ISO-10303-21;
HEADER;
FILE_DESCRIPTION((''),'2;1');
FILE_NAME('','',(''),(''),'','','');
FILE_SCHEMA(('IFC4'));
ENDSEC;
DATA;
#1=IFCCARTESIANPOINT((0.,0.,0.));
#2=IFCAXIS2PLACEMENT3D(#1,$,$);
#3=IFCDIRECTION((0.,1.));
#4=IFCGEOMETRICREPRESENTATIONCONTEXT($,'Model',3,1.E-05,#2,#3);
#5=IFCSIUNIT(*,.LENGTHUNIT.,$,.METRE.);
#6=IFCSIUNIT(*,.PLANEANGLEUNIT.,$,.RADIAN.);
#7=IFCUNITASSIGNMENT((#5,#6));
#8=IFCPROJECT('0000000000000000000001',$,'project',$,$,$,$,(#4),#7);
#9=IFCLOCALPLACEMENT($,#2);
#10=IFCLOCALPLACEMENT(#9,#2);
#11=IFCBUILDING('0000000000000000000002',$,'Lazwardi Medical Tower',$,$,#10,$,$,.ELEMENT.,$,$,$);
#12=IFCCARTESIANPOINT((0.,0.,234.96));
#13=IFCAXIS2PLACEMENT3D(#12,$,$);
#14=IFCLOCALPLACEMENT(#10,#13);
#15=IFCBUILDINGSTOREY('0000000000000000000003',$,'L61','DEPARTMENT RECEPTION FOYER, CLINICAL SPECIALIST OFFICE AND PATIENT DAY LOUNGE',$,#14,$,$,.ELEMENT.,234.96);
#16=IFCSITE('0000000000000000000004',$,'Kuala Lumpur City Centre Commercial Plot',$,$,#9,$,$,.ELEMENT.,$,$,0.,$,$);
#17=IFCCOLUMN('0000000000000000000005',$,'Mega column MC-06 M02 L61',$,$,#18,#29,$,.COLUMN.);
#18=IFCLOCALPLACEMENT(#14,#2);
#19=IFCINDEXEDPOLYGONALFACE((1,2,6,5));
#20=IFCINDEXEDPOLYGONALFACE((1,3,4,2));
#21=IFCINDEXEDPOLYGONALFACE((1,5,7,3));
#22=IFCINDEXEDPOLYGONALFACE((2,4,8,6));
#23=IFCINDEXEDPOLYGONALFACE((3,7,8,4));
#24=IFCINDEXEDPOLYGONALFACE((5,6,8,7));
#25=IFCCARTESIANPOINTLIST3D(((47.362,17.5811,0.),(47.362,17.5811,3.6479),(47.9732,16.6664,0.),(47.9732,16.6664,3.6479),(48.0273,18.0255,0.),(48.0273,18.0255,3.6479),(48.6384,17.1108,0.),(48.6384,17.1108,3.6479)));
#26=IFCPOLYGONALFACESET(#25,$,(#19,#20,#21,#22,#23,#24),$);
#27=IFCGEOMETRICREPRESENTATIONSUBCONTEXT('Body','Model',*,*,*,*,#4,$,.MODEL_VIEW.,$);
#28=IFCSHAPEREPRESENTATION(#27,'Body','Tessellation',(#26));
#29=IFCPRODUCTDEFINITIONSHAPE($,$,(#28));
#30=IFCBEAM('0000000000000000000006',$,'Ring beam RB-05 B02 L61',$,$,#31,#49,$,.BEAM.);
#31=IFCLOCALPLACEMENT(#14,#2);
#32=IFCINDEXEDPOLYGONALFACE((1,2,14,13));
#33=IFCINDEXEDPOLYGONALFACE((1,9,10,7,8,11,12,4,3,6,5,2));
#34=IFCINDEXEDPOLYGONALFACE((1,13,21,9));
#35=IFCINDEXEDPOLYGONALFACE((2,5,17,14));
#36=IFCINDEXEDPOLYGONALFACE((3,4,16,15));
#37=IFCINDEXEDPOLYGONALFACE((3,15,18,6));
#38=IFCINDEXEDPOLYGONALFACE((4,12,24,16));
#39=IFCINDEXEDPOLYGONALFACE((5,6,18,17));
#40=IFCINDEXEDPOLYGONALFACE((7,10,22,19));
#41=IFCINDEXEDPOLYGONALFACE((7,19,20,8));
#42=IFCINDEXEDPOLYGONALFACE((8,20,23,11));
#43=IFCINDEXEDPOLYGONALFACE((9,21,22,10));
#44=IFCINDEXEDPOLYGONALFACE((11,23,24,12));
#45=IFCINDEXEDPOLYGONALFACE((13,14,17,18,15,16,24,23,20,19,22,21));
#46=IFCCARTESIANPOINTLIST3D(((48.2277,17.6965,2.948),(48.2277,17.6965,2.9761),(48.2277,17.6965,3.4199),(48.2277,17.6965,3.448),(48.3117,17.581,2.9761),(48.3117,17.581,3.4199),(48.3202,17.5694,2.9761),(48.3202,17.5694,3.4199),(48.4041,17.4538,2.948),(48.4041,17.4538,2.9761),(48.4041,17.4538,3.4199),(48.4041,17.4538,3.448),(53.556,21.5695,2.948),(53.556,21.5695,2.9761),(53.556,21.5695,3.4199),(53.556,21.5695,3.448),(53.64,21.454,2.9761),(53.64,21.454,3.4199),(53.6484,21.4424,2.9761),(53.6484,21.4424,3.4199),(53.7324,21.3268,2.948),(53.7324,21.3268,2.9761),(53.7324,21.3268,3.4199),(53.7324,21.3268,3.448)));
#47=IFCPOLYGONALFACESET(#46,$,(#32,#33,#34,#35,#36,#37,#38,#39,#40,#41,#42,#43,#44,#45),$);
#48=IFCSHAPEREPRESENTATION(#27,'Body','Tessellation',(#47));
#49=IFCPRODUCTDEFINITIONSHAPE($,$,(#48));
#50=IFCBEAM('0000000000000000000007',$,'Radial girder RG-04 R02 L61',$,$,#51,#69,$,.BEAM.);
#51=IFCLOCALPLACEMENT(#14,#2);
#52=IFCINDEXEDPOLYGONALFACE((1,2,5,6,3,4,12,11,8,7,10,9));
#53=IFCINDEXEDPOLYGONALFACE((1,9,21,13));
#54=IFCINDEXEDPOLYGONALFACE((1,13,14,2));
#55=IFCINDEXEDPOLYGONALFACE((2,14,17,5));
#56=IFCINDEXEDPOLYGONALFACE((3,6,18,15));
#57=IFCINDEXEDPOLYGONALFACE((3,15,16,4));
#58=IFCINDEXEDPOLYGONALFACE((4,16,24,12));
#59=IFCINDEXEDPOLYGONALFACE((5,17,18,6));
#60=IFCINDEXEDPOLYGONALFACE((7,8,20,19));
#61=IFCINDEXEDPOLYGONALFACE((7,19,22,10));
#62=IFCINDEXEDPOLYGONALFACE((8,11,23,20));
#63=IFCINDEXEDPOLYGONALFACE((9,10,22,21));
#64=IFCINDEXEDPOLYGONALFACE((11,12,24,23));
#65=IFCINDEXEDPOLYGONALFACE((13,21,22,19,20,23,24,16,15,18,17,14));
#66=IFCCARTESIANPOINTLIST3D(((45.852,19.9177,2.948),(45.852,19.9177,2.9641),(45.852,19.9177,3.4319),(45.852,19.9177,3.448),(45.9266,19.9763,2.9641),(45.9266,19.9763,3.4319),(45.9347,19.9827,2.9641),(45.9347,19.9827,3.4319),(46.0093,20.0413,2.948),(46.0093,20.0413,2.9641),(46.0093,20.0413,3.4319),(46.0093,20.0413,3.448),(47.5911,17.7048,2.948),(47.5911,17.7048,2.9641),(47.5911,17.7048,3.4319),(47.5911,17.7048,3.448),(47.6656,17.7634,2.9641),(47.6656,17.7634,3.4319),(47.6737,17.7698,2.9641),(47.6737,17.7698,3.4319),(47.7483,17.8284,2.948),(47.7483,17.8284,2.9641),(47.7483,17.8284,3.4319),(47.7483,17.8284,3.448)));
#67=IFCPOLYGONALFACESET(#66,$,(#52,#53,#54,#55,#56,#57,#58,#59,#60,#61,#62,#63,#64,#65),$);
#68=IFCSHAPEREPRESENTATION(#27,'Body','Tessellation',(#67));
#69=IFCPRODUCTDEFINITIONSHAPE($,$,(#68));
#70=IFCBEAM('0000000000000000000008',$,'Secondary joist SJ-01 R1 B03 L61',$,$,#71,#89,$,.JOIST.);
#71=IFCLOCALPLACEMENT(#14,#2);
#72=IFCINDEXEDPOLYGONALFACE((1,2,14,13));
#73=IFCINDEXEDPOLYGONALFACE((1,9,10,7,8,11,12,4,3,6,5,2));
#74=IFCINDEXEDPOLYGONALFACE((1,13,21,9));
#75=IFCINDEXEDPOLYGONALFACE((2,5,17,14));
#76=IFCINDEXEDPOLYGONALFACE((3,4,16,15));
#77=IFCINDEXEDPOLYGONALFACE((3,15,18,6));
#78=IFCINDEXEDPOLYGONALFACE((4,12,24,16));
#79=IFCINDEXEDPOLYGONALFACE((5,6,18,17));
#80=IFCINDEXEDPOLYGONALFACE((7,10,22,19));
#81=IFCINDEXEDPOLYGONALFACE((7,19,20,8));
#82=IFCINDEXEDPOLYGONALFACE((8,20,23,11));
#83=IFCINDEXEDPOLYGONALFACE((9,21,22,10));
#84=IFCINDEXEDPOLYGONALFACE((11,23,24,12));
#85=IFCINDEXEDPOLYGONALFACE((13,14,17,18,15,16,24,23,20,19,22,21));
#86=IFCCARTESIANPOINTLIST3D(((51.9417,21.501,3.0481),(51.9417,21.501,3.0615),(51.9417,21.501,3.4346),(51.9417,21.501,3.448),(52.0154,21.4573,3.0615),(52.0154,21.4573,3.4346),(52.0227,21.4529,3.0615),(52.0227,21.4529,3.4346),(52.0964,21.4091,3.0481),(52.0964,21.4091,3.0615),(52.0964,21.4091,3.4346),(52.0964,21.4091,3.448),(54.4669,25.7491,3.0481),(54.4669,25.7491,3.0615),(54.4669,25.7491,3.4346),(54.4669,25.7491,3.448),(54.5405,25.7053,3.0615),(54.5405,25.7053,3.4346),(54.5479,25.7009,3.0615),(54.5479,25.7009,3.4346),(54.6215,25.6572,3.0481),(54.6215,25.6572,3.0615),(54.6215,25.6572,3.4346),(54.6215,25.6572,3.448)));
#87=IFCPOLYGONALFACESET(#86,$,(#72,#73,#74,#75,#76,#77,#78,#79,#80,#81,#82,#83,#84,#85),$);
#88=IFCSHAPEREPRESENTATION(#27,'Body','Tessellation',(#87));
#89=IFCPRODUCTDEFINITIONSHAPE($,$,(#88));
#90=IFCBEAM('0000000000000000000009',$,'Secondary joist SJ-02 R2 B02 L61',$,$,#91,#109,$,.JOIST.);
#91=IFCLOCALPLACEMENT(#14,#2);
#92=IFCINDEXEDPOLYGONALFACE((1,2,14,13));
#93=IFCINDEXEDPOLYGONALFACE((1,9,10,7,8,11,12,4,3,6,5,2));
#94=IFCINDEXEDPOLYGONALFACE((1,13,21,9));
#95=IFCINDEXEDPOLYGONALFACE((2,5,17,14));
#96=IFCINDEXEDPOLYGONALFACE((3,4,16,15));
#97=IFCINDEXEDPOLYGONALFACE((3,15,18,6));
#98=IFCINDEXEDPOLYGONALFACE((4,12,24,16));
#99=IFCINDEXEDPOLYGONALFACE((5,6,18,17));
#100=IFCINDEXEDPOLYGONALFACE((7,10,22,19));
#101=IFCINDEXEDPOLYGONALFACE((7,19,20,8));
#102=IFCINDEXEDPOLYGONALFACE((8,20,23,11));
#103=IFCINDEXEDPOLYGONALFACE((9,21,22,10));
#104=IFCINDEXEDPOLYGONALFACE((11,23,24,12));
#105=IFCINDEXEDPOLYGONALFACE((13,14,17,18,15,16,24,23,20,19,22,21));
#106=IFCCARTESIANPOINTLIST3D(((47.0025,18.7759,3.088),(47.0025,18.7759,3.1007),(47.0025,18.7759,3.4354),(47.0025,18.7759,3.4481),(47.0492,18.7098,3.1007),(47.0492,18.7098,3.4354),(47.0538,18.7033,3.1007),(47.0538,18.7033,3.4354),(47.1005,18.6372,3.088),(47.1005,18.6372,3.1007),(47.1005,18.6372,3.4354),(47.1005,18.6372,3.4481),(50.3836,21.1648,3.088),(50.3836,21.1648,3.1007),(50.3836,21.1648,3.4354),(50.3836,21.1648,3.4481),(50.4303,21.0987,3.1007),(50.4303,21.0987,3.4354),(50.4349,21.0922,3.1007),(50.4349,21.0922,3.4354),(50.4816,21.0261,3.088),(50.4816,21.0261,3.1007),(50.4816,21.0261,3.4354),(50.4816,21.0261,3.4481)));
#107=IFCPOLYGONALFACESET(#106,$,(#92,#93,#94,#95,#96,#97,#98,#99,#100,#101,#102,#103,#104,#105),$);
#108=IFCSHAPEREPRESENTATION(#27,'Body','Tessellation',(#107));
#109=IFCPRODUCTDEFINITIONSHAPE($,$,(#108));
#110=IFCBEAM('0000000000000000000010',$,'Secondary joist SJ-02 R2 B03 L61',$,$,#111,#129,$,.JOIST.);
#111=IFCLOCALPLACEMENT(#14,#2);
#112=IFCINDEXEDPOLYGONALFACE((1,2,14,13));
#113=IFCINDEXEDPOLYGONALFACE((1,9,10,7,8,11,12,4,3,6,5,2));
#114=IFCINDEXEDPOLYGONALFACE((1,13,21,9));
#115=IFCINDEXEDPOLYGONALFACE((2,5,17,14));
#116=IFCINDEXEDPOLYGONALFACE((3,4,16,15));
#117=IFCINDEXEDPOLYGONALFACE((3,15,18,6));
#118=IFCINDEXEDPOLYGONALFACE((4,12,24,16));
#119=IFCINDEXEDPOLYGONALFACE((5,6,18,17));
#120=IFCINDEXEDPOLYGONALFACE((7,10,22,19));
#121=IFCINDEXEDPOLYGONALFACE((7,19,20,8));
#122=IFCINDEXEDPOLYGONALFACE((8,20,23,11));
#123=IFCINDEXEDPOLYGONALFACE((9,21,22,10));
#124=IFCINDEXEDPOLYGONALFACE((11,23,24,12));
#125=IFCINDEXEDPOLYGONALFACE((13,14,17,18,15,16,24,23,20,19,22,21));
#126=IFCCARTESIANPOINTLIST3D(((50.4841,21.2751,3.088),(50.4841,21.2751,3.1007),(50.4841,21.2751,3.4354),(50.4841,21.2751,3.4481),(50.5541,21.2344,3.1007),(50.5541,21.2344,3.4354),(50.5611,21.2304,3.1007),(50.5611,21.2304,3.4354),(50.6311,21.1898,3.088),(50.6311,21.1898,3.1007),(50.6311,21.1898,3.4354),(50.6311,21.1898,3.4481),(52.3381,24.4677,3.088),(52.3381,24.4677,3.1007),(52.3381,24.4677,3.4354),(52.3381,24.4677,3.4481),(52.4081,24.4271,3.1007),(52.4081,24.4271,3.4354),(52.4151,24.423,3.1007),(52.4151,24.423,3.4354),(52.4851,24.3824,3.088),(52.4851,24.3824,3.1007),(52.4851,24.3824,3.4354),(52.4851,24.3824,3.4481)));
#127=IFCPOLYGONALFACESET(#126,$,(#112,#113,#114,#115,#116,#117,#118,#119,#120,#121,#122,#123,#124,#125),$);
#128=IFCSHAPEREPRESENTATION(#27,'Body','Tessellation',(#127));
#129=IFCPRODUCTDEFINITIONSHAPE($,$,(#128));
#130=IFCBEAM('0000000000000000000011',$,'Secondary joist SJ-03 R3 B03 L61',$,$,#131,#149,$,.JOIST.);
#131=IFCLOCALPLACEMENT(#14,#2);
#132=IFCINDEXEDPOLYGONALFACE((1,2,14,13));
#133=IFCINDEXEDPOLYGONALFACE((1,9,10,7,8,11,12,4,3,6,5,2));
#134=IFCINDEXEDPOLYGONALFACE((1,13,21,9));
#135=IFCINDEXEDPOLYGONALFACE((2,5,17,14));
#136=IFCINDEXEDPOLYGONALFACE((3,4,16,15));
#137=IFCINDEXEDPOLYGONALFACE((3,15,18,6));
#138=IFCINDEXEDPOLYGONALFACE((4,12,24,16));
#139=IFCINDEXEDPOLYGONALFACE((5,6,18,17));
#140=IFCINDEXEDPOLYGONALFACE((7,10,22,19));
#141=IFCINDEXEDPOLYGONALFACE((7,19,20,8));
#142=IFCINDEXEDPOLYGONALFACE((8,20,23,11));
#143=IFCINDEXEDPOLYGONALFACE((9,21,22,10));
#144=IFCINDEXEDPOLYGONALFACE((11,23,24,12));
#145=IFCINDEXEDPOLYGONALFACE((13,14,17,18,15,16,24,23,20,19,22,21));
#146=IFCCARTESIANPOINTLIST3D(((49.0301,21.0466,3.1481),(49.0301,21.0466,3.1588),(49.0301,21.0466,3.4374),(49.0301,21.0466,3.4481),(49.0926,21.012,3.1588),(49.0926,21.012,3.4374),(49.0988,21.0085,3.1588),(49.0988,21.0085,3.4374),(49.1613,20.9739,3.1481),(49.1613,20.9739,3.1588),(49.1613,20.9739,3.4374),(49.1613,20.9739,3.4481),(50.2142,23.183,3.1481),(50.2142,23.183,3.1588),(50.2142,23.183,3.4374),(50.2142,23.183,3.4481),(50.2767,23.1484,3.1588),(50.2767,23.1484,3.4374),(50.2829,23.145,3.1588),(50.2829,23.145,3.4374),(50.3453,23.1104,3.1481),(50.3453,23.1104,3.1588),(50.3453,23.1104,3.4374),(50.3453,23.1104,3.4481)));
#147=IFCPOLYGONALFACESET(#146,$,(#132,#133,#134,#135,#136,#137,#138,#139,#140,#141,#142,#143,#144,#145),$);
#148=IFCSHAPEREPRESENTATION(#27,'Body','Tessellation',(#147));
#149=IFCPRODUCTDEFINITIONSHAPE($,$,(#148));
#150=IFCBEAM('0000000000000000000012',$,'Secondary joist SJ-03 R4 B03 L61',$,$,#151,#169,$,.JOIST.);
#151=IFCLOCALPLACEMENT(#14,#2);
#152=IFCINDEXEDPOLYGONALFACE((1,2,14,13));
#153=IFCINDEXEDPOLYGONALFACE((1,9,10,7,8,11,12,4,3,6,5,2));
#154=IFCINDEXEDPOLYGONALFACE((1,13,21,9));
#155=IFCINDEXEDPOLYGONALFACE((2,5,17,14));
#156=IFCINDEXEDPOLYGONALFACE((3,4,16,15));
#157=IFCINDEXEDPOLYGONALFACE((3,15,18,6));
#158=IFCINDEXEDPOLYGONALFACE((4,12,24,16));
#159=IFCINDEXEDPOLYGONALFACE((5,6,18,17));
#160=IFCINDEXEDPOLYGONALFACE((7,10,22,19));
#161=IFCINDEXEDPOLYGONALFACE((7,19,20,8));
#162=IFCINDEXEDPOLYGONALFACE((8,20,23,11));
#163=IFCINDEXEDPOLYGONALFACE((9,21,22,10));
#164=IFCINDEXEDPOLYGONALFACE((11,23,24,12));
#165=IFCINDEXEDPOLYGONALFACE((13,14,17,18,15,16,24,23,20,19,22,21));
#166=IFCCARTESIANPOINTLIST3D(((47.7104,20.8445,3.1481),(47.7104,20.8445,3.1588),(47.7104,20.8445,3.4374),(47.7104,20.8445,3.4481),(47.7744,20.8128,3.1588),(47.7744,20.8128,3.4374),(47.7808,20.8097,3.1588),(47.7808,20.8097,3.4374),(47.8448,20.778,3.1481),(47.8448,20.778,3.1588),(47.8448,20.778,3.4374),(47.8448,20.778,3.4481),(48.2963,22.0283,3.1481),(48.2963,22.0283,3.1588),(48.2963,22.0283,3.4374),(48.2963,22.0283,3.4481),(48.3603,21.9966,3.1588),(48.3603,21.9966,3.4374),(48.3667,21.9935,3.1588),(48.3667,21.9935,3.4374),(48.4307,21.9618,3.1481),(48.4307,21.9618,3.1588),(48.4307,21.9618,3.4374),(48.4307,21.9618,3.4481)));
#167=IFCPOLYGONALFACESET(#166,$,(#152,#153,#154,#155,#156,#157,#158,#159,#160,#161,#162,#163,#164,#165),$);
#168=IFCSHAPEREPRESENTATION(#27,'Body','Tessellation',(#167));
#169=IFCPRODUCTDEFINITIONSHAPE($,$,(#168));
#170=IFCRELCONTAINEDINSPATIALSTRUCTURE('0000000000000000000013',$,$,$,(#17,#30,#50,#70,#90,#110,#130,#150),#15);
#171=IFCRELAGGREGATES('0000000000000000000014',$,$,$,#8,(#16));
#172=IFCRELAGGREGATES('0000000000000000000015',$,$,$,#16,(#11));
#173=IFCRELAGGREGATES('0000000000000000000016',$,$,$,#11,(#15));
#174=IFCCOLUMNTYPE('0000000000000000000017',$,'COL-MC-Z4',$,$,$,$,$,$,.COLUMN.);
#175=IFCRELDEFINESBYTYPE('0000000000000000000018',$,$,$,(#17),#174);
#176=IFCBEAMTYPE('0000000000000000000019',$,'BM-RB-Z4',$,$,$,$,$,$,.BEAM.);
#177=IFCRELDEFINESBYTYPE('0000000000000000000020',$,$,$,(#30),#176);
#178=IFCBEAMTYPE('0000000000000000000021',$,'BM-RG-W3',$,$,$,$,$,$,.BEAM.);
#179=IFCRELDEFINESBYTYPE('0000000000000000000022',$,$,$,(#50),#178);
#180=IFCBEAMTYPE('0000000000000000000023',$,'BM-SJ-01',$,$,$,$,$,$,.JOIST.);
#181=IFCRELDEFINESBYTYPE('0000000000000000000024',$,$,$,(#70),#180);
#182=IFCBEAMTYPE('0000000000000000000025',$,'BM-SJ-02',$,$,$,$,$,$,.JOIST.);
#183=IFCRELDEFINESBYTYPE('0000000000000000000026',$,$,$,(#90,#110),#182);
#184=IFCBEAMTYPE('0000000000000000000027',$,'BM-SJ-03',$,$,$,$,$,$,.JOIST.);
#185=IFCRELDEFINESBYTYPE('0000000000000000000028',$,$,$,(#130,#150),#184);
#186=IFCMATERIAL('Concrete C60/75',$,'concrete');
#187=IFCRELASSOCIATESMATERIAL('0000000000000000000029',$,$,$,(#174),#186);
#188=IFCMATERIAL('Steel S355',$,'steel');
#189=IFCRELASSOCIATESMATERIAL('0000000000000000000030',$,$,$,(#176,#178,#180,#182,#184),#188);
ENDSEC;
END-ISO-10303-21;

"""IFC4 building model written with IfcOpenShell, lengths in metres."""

from ifc_helpers import new_model, si_unit, direction, frame, origin, origin_2d, place, context, subcontext, project, spatial, rectangle, i_section, extrude, material, material_profile, profile_set, type_object, element, save


model = new_model("IFC4")

# Units and contexts
model_context = context("Model", 3, precision=1e-05, world=origin(), true_north=direction((0.0, 1.0)))
body_context = subcontext(model_context, "Body", "Model", "MODEL_VIEW")
ifc_project = project(units=[si_unit("LENGTHUNIT", "METRE"), si_unit("PLANEANGLEUNIT", "RADIAN")], contexts=[model_context])

# Site, building, storey
site_placement = place(None, origin())
site = spatial("IfcSite", under=ifc_project, at=site_placement, Name="Kuala Lumpur City Centre Commercial Plot", CompositionType="ELEMENT", RefElevation=0.0)
building_placement = place(site_placement, origin())
building = spatial("IfcBuilding", under=site, at=building_placement, Name="Lazwardi Medical Tower", CompositionType="ELEMENT")
storey_placement = place(building_placement, frame((0.0, 0.0, 234.96)))
storey = spatial("IfcBuildingStorey", under=building, at=storey_placement, Name="L61", Description="DEPARTMENT RECEPTION FOYER, CLINICAL SPECIALIST OFFICE AND PATIENT DAY LOUNGE", CompositionType="ELEMENT", Elevation=234.96)

# Column
ifc_material_1 = material(Name="Concrete C60/75", Category="concrete")
ifc_material_profile_1 = material_profile(ifc_material_1, rectangle(XDim=1.1001, YDim=0.8, at=origin_2d()), Name="CFT-RECT 1100x800")
ifc_profile_set_1 = profile_set([ifc_material_profile_1], Name="Concrete C60/75")
column_type = type_object("IfcColumnType", Name="COL-MC-Z4", PredefinedType="COLUMN", material=ifc_profile_set_1)
column_placement = place(storey_placement, frame((48.0002, 17.3459, 0.0), z_axis=(0.0, 0.0, 1.0), x_axis=(0.55557, -0.83147, 0.0)))
element("IfcColumn", 1, at=column_placement, inside=storey, type_object=column_type, Name="Mega column MC-06 M02 L61", PredefinedType="COLUMN", context=body_context, shape_type="SweptSolid", body=[
    extrude(rectangle(XDim=1.1001, YDim=0.8, at=origin_2d()), origin(), (0.0, 0.0, 1.0), 3.6479),
])

# Beams
ifc_material_2 = material(Name="Steel S355", Category="steel")
ifc_material_profile_2 = material_profile(ifc_material_2, i_section(OverallWidth=0.3, OverallDepth=0.5, WebThickness=0.0144, FlangeThickness=0.0281, at=origin_2d()), Name="HEB 500")
ifc_profile_set_2 = profile_set([ifc_material_profile_2], Name="Steel S355")
beam_type_1 = type_object("IfcBeamType", Name="BM-RB-Z4", PredefinedType="BEAM", material=ifc_profile_set_2)
beam_1_placement = place(storey_placement, frame((48.3159, 17.5752, 3.198), z_axis=(0.80889, 0.58796, 0.0), x_axis=(-0.58796, 0.80889, 0.0)))
element("IfcBeam", 2, at=beam_1_placement, inside=storey, type_object=beam_type_1, Name="Ring beam RB-05 B02 L61", PredefinedType="BEAM", context=body_context, shape_type="SweptSolid", body=[
    extrude(i_section(OverallWidth=0.3, OverallDepth=0.5, WebThickness=0.0144, FlangeThickness=0.0281, at=origin_2d()), origin(), (0.0, 0.0, 1.0), 6.5872),
])
ifc_material_profile_3 = material_profile(ifc_material_2, i_section(OverallWidth=0.2, OverallDepth=0.5, WebThickness=0.0103, FlangeThickness=0.0161, at=origin_2d()), Name="IPE 500")
ifc_profile_set_3 = profile_set([ifc_material_profile_3], Name="Steel S355")
beam_type_2 = type_object("IfcBeamType", Name="BM-RG-W3", PredefinedType="BEAM", material=ifc_profile_set_3)
beam_2_placement = place(storey_placement, frame((47.6697, 17.7666, 3.198), z_axis=(-0.617891, 0.786264, 0.0), x_axis=(-0.786264, -0.617891, 0.0)))
element("IfcBeam", 3, at=beam_2_placement, inside=storey, type_object=beam_type_2, Name="Radial girder RG-04 R02 L61", PredefinedType="BEAM", context=body_context, shape_type="SweptSolid", body=[
    extrude(i_section(OverallWidth=0.2, OverallDepth=0.5, WebThickness=0.0103, FlangeThickness=0.0161, at=origin_2d()), origin(), (0.0, 0.0, 1.0), 2.8145),
])
ifc_material_profile_4 = material_profile(ifc_material_2, i_section(OverallWidth=0.1799, OverallDepth=0.3999, WebThickness=0.0085, FlangeThickness=0.0134, at=origin_2d()), Name="IPE 400")
ifc_profile_set_4 = profile_set([ifc_material_profile_4], Name="Steel S355")
beam_type_3 = type_object("IfcBeamType", Name="BM-SJ-01", PredefinedType="JOIST", material=ifc_profile_set_4)
beam_3_placement = place(storey_placement, frame((52.019, 21.4551, 3.248), z_axis=(0.510968, 0.8596, 0.0), x_axis=(-0.8596, 0.510968, 0.0)))
element("IfcBeam", 4, at=beam_3_placement, inside=storey, type_object=beam_type_3, Name="Secondary joist SJ-01 R1 B03 L61", PredefinedType="JOIST", context=body_context, shape_type="SweptSolid", body=[
    extrude(i_section(OverallWidth=0.1799, OverallDepth=0.3999, WebThickness=0.0085, FlangeThickness=0.0134, at=origin_2d()), origin(), (0.0, 0.0, 1.0), 4.9419),
])
ifc_material_profile_5 = material_profile(ifc_material_2, i_section(OverallWidth=0.1699, OverallDepth=0.3601, WebThickness=0.0081, FlangeThickness=0.0127, at=origin_2d()), Name="IPE 360")
ifc_profile_set_5 = profile_set([ifc_material_profile_5], Name="Steel S355")
beam_type_4 = type_object("IfcBeamType", Name="BM-SJ-02", PredefinedType="JOIST", material=ifc_profile_set_5)
beam_4_placement = place(storey_placement, frame((47.0515, 18.7065, 3.2681), z_axis=(0.816711, 0.577047, 0.0), x_axis=(-0.577047, 0.816711, 0.0)))
element("IfcBeam", 5, at=beam_4_placement, inside=storey, type_object=beam_type_4, Name="Secondary joist SJ-02 R2 B02 L61", PredefinedType="JOIST", context=body_context, shape_type="SweptSolid", body=[
    extrude(i_section(OverallWidth=0.1699, OverallDepth=0.3601, WebThickness=0.0081, FlangeThickness=0.0127, at=origin_2d()), origin(), (0.0, 0.0, 1.0), 4.1399),
])
beam_5_placement = place(storey_placement, frame((50.5576, 21.2324, 3.2681), z_axis=(0.50218, 0.864763, 0.0), x_axis=(-0.864763, 0.50218, 0.0)))
element("IfcBeam", 6, at=beam_5_placement, inside=storey, type_object=beam_type_4, Name="Secondary joist SJ-02 R2 B03 L61", PredefinedType="JOIST", context=body_context, shape_type="SweptSolid", body=[
    extrude(i_section(OverallWidth=0.1699, OverallDepth=0.3601, WebThickness=0.0081, FlangeThickness=0.0127, at=origin_2d()), origin(), (0.0, 0.0, 1.0), 3.6919),
])
ifc_material_profile_6 = material_profile(ifc_material_2, i_section(OverallWidth=0.1499, OverallDepth=0.3, WebThickness=0.0071, FlangeThickness=0.0107, at=origin_2d()), Name="IPE 300")
ifc_profile_set_6 = profile_set([ifc_material_profile_6], Name="Steel S355")
beam_type_5 = type_object("IfcBeamType", Name="BM-SJ-03", PredefinedType="JOIST", material=ifc_profile_set_6)
beam_6_placement = place(storey_placement, frame((49.0957, 21.0103, 3.2981), z_axis=(0.484752, 0.874652, 0.0), x_axis=(-0.874652, 0.484752, 0.0)))
element("IfcBeam", 7, at=beam_6_placement, inside=storey, type_object=beam_type_5, Name="Secondary joist SJ-03 R3 B03 L61", PredefinedType="JOIST", context=body_context, shape_type="SweptSolid", body=[
    extrude(i_section(OverallWidth=0.1499, OverallDepth=0.3, WebThickness=0.0071, FlangeThickness=0.0107, at=origin_2d()), origin(), (0.0, 0.0, 1.0), 2.4426),
])
beam_7_placement = place(storey_placement, frame((47.7776, 20.8113, 3.2981), z_axis=(0.443587, 0.896231, 0.0), x_axis=(-0.896231, 0.443587, 0.0)))
element("IfcBeam", 8, at=beam_7_placement, inside=storey, type_object=beam_type_5, Name="Secondary joist SJ-03 R4 B03 L61", PredefinedType="JOIST", context=body_context, shape_type="SweptSolid", body=[
    extrude(i_section(OverallWidth=0.1499, OverallDepth=0.3, WebThickness=0.0071, FlangeThickness=0.0107, at=origin_2d()), origin(), (0.0, 0.0, 1.0), 1.3208),
])

save(model, "model.ifc")
